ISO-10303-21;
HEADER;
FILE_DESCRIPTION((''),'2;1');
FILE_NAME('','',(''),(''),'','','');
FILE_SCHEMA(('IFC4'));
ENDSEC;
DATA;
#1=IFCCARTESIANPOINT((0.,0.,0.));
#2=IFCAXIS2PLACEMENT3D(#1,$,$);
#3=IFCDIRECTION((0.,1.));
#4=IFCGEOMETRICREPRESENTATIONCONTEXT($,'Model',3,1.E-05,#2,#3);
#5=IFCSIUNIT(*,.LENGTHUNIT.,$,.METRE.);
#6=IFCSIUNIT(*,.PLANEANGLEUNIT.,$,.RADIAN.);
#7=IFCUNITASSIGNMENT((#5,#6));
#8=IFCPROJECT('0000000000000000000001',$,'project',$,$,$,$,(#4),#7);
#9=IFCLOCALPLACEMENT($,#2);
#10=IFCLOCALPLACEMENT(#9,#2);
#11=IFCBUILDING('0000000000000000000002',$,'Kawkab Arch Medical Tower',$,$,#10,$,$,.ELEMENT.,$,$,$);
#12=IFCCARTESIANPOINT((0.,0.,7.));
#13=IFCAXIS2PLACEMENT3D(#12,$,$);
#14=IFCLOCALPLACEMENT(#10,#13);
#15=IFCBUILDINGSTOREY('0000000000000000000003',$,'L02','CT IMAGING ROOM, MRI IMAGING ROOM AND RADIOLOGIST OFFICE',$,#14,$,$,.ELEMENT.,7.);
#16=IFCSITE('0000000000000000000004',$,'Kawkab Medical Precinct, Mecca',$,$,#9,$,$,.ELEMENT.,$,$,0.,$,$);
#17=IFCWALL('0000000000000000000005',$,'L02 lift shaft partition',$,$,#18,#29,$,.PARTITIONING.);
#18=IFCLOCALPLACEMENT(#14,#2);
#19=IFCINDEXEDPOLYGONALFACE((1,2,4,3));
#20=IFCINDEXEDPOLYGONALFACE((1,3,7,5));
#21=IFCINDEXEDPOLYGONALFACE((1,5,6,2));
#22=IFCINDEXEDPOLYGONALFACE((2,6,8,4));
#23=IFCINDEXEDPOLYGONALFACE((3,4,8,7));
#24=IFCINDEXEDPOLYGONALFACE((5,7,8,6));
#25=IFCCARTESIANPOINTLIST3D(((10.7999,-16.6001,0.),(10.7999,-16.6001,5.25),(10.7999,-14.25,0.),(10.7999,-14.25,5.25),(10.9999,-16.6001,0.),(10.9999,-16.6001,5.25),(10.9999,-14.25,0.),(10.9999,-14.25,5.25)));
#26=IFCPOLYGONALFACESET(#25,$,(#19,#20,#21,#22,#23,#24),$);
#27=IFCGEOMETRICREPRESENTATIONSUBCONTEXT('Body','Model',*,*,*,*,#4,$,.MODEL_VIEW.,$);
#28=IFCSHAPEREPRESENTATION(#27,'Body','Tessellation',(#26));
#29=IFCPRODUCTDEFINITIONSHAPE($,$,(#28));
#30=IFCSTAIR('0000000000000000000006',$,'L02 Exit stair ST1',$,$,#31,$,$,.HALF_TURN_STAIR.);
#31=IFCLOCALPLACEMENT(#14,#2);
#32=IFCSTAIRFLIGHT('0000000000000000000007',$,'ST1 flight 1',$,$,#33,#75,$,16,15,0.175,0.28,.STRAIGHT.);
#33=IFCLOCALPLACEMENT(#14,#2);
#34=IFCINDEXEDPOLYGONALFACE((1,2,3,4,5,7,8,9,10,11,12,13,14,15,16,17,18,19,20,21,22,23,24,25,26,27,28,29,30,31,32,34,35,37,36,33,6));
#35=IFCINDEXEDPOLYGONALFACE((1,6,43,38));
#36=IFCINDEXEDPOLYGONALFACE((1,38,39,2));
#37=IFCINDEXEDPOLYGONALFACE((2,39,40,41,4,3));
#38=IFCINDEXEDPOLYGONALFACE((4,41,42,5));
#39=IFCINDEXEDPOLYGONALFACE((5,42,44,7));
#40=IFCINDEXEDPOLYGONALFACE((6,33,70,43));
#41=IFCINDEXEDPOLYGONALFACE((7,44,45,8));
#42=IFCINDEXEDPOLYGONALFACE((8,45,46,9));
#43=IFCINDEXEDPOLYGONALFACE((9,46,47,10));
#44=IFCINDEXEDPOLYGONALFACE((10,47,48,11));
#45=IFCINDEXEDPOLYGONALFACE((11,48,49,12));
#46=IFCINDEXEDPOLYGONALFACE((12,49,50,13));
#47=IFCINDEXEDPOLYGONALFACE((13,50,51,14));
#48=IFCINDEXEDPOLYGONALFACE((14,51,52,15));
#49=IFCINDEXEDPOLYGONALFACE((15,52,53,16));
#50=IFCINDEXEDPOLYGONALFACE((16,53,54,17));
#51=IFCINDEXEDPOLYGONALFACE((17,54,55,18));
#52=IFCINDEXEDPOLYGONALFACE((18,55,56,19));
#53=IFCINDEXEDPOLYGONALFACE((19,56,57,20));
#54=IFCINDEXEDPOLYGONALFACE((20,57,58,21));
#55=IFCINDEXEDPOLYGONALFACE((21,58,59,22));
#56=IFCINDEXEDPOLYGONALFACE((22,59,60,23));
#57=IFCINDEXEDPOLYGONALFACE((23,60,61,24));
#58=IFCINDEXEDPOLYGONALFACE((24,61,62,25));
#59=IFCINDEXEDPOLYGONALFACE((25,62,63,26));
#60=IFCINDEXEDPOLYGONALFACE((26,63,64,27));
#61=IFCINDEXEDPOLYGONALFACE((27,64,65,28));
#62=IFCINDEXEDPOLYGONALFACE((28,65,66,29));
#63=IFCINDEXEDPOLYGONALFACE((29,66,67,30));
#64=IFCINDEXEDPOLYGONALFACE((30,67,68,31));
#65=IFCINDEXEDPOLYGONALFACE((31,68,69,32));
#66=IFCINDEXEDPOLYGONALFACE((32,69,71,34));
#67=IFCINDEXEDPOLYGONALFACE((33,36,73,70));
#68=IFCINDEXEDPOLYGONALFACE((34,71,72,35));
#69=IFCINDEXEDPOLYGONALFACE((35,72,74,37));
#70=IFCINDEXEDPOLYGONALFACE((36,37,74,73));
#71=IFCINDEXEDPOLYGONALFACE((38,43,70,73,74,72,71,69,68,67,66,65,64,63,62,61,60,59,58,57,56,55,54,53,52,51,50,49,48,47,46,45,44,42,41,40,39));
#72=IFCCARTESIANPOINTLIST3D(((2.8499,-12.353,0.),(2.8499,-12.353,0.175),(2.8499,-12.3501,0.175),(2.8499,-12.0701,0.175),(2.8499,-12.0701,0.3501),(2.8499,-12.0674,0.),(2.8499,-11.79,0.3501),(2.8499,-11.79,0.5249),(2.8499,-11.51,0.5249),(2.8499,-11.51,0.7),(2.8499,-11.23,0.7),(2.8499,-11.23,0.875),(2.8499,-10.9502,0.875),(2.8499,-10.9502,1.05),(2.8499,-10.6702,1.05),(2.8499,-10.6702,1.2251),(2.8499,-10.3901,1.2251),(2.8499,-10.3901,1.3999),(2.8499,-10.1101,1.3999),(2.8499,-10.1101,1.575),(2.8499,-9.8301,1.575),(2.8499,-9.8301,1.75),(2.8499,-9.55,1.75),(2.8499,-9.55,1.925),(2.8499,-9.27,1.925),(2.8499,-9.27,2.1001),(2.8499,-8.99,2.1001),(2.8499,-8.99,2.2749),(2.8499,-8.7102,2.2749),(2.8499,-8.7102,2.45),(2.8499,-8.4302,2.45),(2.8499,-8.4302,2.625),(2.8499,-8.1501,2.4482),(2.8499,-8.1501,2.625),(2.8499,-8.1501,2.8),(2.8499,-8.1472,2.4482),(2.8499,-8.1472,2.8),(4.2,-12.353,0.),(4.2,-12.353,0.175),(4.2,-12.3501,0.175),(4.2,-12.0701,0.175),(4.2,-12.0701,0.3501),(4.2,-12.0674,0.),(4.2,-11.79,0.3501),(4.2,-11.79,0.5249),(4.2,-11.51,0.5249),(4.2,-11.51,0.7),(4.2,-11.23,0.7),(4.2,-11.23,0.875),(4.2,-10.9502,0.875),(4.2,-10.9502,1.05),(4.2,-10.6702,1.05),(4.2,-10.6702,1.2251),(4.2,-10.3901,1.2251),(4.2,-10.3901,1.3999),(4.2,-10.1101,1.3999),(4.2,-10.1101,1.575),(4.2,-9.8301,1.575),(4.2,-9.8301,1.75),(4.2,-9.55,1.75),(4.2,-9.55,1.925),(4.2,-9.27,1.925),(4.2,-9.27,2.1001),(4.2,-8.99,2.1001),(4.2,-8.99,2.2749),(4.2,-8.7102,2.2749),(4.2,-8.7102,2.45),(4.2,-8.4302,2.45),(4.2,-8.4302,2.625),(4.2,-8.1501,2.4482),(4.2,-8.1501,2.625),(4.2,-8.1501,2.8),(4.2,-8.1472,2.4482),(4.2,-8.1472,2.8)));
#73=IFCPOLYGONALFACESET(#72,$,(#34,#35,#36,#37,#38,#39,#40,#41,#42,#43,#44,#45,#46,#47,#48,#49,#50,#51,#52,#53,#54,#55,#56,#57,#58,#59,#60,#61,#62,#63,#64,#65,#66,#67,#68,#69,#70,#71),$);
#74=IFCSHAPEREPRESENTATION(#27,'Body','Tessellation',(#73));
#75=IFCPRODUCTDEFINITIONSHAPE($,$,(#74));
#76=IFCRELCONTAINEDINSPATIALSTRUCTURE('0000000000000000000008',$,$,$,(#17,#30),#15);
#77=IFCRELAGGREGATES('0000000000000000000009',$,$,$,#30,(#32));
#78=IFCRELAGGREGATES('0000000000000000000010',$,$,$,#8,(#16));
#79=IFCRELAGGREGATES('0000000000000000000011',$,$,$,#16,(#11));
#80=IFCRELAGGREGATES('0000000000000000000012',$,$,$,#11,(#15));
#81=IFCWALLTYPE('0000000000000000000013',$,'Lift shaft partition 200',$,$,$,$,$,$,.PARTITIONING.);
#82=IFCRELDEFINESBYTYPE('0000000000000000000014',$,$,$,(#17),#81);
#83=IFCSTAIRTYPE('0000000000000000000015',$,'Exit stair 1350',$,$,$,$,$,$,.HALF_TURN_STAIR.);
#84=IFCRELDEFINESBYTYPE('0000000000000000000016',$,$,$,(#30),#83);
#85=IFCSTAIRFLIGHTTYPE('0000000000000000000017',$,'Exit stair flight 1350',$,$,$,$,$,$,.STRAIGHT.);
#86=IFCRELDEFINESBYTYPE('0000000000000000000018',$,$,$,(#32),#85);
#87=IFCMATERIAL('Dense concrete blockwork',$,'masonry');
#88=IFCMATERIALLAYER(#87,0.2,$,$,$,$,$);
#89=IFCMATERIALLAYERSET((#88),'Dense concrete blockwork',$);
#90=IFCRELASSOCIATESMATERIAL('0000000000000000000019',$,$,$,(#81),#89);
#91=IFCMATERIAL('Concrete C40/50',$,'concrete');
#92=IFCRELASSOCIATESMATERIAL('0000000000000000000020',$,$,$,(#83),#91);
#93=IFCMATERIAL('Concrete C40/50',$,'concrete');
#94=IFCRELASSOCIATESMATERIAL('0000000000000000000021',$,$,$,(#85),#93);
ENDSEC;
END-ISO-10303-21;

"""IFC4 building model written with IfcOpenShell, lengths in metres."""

from ifc_helpers import new_model, si_unit, direction, frame, frame_2d, origin, place, context, subcontext, project, spatial, polyline, rectangle, outline, extrude, material, layer, layer_set, type_object, element, aggregate, save


model = new_model("IFC4")

# Units and contexts
model_context = context("Model", 3, precision=1e-05, world=origin(), true_north=direction((0.0, 1.0)))
body_context = subcontext(model_context, "Body", "Model", "MODEL_VIEW")
ifc_project = project(units=[si_unit("LENGTHUNIT", "METRE"), si_unit("PLANEANGLEUNIT", "RADIAN")], contexts=[model_context])

# Site, building, storey
site_placement = place(None, origin())
site = spatial("IfcSite", under=ifc_project, at=site_placement, Name="Kawkab Medical Precinct, Mecca", CompositionType="ELEMENT", RefElevation=0.0)
building_placement = place(site_placement, origin())
building = spatial("IfcBuilding", under=site, at=building_placement, Name="Kawkab Arch Medical Tower", CompositionType="ELEMENT")
storey_placement = place(building_placement, frame((0.0, 0.0, 7.0)))
storey = spatial("IfcBuildingStorey", under=building, at=storey_placement, Name="L02", Description="CT IMAGING ROOM, MRI IMAGING ROOM AND RADIOLOGIST OFFICE", CompositionType="ELEMENT", Elevation=7.0)

# Wall
ifc_material_1 = material(Name="Dense concrete blockwork", Category="masonry")
ifc_layer_1 = layer(ifc_material_1, 0.2)
ifc_layer_set_1 = layer_set([ifc_layer_1], Name="Dense concrete blockwork")
wall_type_1 = type_object("IfcWallType", Name="Lift shaft partition 200", PredefinedType="PARTITIONING", material=ifc_layer_set_1)
wall_1_placement = place(storey_placement, frame((10.8999, -16.6001, 0.0), z_axis=(0.0, 0.0, 1.0), x_axis=(0.0, 1.0, 0.0)))
element("IfcWall", 1, at=wall_1_placement, inside=storey, type_object=wall_type_1, Name="L02 lift shaft partition", PredefinedType="PARTITIONING", context=body_context, shape_type="SweptSolid", body=[
    extrude(rectangle(XDim=2.3501, YDim=0.2, at=frame_2d((1.175, 0.0))), origin(), (0.0, 0.0, 1.0), 5.25),
])

# Stair, stair flight
ifc_material_2 = material(Name="Concrete C40/50", Category="concrete")
stair_type = type_object("IfcStairType", Name="Exit stair 1350", PredefinedType="HALF_TURN_STAIR", material=ifc_material_2)
stair_placement = place(storey_placement, origin())
stair = element("IfcStair", 2, at=stair_placement, inside=storey, type_object=stair_type, Name="L02 Exit stair ST1", PredefinedType="HALF_TURN_STAIR")
ifc_material_3 = material(Name="Concrete C40/50", Category="concrete")
stair_flight_type = type_object("IfcStairFlightType", Name="Exit stair flight 1350", PredefinedType="STRAIGHT", material=ifc_material_3)
stair_flight_placement = place(storey_placement, frame((3.5249, -12.3501, 0.0), z_axis=(0.0, 0.0, 1.0), x_axis=(0.0, 1.0, 0.0)))
stair_flight = element("IfcStairFlight", 3, at=stair_flight_placement, type_object=stair_flight_type, Name="ST1 flight 1", NumberOfRisers=16, NumberOfTreads=15, PredefinedType="STRAIGHT", RiserHeight=0.175, TreadLength=0.28, context=body_context, shape_type="SweptSolid", body=[
    extrude(outline(polyline([(-0.0029, 0.0), (-0.0029, 0.175), (0.0, 0.175), (0.28, 0.175), (0.28, 0.3501), (0.5601, 0.3501), (0.5601, 0.5249), (0.8401, 0.5249), (0.8401, 0.7), (1.1201, 0.7), (1.1201, 0.875), (1.3999, 0.875), (1.3999, 1.05), (1.6799, 1.05), (1.6799, 1.2251), (1.96, 1.2251), (1.96, 1.3999), (2.24, 1.3999), (2.24, 1.575), (2.52, 1.575), (2.52, 1.75), (2.8, 1.75), (2.8, 1.925), (3.0801, 1.925), (3.0801, 2.1001), (3.3601, 2.1001), (3.3601, 2.2749), (3.6399, 2.2749), (3.6399, 2.45), (3.9199, 2.45), (3.9199, 2.625), (4.2, 2.625), (4.2, 2.8), (4.2029, 2.8), (4.2029, 2.4482), (4.2, 2.4482), (0.2827, 0.0), (-0.0029, 0.0)])), frame((0.0, 0.675, 0.0), z_axis=(0.0, -1.0, 0.0), x_axis=(1.0, 0.0, 0.0)), (0.0, 0.0, 1.0), 1.3501),
])
aggregate(stair, [stair_flight])

save(model, "model.ifc")
